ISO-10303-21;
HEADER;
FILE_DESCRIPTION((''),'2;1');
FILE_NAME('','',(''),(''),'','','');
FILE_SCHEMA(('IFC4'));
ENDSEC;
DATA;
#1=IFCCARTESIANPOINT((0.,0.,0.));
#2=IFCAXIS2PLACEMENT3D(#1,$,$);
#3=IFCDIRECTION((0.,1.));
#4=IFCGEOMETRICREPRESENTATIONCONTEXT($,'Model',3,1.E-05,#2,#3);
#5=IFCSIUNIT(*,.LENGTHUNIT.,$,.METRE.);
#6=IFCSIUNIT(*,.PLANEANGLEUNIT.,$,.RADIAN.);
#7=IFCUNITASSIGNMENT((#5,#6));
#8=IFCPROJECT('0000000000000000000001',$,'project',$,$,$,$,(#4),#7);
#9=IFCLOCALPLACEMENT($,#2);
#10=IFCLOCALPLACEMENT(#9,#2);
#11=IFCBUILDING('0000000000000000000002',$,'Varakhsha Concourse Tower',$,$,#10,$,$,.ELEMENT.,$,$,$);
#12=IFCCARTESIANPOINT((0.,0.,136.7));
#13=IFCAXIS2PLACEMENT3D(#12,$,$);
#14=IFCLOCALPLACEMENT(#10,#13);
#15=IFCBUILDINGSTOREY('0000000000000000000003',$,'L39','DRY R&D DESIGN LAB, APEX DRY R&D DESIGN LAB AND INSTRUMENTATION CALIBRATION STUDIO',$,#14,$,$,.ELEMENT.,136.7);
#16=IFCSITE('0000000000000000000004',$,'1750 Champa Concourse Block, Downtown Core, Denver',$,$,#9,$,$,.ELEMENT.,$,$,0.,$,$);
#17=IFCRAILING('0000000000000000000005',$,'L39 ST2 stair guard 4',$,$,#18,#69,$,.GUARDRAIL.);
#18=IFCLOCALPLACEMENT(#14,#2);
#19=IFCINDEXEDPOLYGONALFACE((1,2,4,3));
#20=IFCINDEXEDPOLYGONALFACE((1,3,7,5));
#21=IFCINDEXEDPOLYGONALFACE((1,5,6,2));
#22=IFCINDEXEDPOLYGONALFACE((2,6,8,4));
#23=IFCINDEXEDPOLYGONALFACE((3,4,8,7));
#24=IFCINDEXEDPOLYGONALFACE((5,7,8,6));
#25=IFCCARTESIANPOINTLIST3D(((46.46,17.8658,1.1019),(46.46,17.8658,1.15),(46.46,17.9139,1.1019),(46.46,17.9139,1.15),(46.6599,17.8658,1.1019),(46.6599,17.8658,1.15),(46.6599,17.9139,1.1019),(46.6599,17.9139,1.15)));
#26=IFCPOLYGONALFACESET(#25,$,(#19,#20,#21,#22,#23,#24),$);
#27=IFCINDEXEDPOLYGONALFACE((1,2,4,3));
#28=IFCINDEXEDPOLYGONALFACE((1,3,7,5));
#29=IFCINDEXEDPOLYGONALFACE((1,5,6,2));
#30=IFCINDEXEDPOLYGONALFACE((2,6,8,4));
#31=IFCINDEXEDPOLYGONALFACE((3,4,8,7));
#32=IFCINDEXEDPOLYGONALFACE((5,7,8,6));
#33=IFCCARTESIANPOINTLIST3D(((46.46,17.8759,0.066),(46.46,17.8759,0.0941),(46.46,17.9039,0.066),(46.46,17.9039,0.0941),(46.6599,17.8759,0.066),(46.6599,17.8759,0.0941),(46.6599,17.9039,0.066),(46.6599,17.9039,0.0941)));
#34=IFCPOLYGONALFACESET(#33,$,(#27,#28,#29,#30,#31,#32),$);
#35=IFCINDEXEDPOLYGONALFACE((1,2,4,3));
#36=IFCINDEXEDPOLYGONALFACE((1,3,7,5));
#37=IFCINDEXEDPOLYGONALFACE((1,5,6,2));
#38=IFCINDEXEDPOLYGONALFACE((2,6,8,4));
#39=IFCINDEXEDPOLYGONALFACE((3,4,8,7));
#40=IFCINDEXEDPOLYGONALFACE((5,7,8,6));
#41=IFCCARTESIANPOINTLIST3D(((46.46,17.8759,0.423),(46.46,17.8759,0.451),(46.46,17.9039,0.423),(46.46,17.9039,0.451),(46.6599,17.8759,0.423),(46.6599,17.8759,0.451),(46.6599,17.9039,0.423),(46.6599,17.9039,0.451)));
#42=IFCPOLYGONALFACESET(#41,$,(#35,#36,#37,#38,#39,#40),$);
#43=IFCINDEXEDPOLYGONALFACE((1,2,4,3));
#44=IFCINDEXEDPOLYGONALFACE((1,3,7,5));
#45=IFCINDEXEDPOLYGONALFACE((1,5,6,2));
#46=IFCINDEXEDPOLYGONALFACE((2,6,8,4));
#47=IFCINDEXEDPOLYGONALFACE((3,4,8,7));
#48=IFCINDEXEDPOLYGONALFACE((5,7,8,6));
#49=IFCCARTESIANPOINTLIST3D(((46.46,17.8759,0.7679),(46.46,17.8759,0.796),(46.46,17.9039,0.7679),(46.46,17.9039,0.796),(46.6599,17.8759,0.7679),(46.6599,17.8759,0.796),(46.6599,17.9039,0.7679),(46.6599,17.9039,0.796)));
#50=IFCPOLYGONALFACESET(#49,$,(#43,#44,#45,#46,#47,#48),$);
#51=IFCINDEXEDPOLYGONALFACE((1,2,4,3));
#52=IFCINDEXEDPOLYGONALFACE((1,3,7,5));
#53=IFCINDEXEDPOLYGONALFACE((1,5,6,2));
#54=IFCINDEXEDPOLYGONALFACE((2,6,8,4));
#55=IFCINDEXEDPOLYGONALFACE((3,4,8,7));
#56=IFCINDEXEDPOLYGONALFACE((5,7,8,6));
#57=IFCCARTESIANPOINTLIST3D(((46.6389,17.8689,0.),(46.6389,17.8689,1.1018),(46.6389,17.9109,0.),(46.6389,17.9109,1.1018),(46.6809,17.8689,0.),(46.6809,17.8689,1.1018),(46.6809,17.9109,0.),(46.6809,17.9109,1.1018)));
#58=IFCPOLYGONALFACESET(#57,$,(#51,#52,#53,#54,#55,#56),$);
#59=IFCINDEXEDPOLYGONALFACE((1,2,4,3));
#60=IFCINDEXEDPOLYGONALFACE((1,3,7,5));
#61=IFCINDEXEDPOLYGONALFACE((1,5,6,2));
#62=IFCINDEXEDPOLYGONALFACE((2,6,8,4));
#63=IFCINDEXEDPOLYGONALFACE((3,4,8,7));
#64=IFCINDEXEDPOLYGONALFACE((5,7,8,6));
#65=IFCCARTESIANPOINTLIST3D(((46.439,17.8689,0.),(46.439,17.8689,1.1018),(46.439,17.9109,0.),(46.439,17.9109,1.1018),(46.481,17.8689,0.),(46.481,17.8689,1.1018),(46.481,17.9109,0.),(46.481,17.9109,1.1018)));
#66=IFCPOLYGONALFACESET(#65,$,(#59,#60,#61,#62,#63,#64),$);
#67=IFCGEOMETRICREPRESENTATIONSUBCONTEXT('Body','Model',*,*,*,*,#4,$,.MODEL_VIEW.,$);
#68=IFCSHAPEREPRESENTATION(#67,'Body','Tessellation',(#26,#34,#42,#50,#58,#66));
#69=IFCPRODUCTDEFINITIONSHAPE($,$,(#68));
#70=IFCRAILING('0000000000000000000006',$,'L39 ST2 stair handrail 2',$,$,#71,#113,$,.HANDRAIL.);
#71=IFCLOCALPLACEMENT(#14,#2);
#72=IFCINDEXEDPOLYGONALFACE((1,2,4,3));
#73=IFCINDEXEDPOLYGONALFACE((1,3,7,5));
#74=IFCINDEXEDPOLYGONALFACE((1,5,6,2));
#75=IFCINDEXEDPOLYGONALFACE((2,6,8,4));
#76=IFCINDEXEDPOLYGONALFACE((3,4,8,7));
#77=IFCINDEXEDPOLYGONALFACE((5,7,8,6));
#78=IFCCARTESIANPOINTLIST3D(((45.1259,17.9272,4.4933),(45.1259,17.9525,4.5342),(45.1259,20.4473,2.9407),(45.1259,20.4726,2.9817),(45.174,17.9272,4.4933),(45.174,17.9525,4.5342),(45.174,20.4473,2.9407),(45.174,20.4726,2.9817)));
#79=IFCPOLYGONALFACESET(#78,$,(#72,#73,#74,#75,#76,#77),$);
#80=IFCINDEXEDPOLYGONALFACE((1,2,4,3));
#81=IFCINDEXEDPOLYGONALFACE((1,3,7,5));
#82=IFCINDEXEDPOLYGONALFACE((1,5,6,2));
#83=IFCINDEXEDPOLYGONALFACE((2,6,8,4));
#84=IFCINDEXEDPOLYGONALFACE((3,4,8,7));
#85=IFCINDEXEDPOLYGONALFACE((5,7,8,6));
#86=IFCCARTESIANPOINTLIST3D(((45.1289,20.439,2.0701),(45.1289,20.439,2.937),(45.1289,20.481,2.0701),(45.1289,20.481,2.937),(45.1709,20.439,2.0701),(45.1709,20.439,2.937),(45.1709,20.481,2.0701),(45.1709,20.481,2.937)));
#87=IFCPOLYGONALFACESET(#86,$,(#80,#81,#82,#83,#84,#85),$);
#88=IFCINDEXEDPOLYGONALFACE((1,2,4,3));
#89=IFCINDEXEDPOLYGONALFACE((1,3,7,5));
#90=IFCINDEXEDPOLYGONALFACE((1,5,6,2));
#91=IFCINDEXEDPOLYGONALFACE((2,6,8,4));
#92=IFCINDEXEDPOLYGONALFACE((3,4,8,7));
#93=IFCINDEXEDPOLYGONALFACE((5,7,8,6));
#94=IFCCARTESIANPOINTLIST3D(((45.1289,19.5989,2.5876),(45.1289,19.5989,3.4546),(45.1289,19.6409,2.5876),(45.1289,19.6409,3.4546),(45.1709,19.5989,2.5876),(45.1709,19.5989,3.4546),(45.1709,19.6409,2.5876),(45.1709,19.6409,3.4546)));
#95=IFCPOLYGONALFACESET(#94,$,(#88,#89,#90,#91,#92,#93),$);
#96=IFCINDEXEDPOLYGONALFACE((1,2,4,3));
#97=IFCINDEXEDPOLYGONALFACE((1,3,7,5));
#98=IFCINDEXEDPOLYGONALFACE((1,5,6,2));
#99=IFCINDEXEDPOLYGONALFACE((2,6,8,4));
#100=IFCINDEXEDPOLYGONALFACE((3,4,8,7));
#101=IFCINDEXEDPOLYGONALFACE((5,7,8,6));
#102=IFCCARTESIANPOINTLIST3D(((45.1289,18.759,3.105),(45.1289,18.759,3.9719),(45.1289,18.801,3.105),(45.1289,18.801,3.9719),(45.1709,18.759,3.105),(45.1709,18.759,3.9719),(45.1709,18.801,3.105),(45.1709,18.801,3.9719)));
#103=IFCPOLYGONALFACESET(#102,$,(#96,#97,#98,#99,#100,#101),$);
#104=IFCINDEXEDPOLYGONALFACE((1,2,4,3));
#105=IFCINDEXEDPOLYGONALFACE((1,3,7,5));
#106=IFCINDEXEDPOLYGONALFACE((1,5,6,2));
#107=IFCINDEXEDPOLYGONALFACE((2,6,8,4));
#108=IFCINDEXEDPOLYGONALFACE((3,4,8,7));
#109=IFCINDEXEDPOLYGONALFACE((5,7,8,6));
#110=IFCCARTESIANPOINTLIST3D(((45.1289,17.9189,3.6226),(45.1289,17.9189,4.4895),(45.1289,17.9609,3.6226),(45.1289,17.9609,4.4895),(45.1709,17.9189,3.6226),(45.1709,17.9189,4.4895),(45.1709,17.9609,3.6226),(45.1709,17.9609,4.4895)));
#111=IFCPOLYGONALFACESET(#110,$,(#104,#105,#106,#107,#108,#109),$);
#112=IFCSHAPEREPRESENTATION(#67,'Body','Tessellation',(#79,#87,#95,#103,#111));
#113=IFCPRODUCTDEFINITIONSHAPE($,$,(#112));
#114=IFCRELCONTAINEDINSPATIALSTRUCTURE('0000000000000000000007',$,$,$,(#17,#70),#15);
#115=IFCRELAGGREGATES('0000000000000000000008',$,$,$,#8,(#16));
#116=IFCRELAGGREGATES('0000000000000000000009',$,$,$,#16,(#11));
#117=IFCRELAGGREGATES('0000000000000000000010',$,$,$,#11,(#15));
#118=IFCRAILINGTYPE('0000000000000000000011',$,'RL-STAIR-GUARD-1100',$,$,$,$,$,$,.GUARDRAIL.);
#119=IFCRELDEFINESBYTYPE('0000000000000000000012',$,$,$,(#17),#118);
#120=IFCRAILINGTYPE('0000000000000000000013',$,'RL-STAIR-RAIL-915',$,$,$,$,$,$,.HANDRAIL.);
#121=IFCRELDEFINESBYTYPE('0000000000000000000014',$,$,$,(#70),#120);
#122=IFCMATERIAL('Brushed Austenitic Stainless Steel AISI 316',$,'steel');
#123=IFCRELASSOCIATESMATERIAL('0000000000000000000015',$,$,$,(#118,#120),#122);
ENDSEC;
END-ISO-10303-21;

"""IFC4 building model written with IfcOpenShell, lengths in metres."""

from ifc_helpers import new_model, si_unit, direction, frame, origin, origin_2d, place, context, subcontext, project, spatial, rectangle, extrude, material, type_object, element, save


model = new_model("IFC4")

# Units and contexts
model_context = context("Model", 3, precision=1e-05, world=origin(), true_north=direction((0.0, 1.0)))
body_context = subcontext(model_context, "Body", "Model", "MODEL_VIEW")
ifc_project = project(units=[si_unit("LENGTHUNIT", "METRE"), si_unit("PLANEANGLEUNIT", "RADIAN")], contexts=[model_context])

# Site, building, storey
site_placement = place(None, origin())
site = spatial("IfcSite", under=ifc_project, at=site_placement, Name="1750 Champa Concourse Block, Downtown Core, Denver", CompositionType="ELEMENT", RefElevation=0.0)
building_placement = place(site_placement, origin())
building = spatial("IfcBuilding", under=site, at=building_placement, Name="Varakhsha Concourse Tower", CompositionType="ELEMENT")
storey_placement = place(building_placement, frame((0.0, 0.0, 136.7)))
storey = spatial("IfcBuildingStorey", under=building, at=storey_placement, Name="L39", Description="DRY R&D DESIGN LAB, APEX DRY R&D DESIGN LAB AND INSTRUMENTATION CALIBRATION STUDIO", CompositionType="ELEMENT", Elevation=136.7)

# Railings
ifc_material_1 = material(Name="Brushed Austenitic Stainless Steel AISI 316", Category="steel")
railing_type_1 = type_object("IfcRailingType", Name="RL-STAIR-GUARD-1100", PredefinedType="GUARDRAIL", material=ifc_material_1)
railing_1_placement = place(storey_placement, frame((46.6599, 17.8899, 0.0)))
element("IfcRailing", 1, at=railing_1_placement, inside=storey, type_object=railing_type_1, Name="L39 ST2 stair guard 4", PredefinedType="GUARDRAIL", context=body_context, shape_type="SweptSolid", body=[
    extrude(rectangle(XDim=0.0481, YDim=0.0481, at=origin_2d()), frame((0.0, 0.0, 1.126), z_axis=(-1.0, 0.0, 0.0), x_axis=(0.0, -1.0, 0.0)), (0.0, 0.0, 1.0), 0.2),
    extrude(rectangle(XDim=0.0281, YDim=0.0281, at=origin_2d()), frame((0.0, 0.0, 0.0801), z_axis=(-1.0, 0.0, 0.0), x_axis=(0.0, -1.0, 0.0)), (0.0, 0.0, 1.0), 0.2),
    extrude(rectangle(XDim=0.0281, YDim=0.0281, at=origin_2d()), frame((0.0, 0.0, 0.437), z_axis=(-1.0, 0.0, 0.0), x_axis=(0.0, -1.0, 0.0)), (0.0, 0.0, 1.0), 0.2),
    extrude(rectangle(XDim=0.0281, YDim=0.0281, at=origin_2d()), frame((0.0, 0.0, 0.782), z_axis=(-1.0, 0.0, 0.0), x_axis=(0.0, -1.0, 0.0)), (0.0, 0.0, 1.0), 0.2),
    extrude(rectangle(XDim=0.042, YDim=0.042, at=origin_2d()), origin(), (0.0, 0.0, 1.0), 1.1018),
    extrude(rectangle(XDim=0.042, YDim=0.042, at=origin_2d()), frame((-0.2, 0.0, 0.0)), (0.0, 0.0, 1.0), 1.1018),
])
railing_type_2 = type_object("IfcRailingType", Name="RL-STAIR-RAIL-915", PredefinedType="HANDRAIL", material=ifc_material_1)
railing_2_placement = place(storey_placement, frame((45.1499, 20.46, 2.0701)))
element("IfcRailing", 2, at=railing_2_placement, inside=storey, type_object=railing_type_2, Name="L39 ST2 stair handrail 2", PredefinedType="HANDRAIL", context=body_context, shape_type="SweptSolid", body=[
    extrude(rectangle(XDim=0.0481, YDim=0.0481, at=origin_2d()), frame((0.0, 0.0, 0.8911), z_axis=(0.0, -0.8514, 0.524516), x_axis=(1.0, 0.0, 0.0)), (0.0, 0.0, 1.0), 2.96),
    extrude(rectangle(XDim=0.042, YDim=0.042, at=origin_2d()), origin(), (0.0, 0.0, 1.0), 0.8669),
    extrude(rectangle(XDim=0.042, YDim=0.042, at=origin_2d()), frame((0.0, -0.8401, 0.5176)), (0.0, 0.0, 1.0), 0.8669),
    extrude(rectangle(XDim=0.042, YDim=0.042, at=origin_2d()), frame((0.0, -1.6799, 1.0349)), (0.0, 0.0, 1.0), 0.8669),
    extrude(rectangle(XDim=0.042, YDim=0.042, at=origin_2d()), frame((0.0, -2.52, 1.5525)), (0.0, 0.0, 1.0), 0.8669),
])

save(model, "model.ifc")
